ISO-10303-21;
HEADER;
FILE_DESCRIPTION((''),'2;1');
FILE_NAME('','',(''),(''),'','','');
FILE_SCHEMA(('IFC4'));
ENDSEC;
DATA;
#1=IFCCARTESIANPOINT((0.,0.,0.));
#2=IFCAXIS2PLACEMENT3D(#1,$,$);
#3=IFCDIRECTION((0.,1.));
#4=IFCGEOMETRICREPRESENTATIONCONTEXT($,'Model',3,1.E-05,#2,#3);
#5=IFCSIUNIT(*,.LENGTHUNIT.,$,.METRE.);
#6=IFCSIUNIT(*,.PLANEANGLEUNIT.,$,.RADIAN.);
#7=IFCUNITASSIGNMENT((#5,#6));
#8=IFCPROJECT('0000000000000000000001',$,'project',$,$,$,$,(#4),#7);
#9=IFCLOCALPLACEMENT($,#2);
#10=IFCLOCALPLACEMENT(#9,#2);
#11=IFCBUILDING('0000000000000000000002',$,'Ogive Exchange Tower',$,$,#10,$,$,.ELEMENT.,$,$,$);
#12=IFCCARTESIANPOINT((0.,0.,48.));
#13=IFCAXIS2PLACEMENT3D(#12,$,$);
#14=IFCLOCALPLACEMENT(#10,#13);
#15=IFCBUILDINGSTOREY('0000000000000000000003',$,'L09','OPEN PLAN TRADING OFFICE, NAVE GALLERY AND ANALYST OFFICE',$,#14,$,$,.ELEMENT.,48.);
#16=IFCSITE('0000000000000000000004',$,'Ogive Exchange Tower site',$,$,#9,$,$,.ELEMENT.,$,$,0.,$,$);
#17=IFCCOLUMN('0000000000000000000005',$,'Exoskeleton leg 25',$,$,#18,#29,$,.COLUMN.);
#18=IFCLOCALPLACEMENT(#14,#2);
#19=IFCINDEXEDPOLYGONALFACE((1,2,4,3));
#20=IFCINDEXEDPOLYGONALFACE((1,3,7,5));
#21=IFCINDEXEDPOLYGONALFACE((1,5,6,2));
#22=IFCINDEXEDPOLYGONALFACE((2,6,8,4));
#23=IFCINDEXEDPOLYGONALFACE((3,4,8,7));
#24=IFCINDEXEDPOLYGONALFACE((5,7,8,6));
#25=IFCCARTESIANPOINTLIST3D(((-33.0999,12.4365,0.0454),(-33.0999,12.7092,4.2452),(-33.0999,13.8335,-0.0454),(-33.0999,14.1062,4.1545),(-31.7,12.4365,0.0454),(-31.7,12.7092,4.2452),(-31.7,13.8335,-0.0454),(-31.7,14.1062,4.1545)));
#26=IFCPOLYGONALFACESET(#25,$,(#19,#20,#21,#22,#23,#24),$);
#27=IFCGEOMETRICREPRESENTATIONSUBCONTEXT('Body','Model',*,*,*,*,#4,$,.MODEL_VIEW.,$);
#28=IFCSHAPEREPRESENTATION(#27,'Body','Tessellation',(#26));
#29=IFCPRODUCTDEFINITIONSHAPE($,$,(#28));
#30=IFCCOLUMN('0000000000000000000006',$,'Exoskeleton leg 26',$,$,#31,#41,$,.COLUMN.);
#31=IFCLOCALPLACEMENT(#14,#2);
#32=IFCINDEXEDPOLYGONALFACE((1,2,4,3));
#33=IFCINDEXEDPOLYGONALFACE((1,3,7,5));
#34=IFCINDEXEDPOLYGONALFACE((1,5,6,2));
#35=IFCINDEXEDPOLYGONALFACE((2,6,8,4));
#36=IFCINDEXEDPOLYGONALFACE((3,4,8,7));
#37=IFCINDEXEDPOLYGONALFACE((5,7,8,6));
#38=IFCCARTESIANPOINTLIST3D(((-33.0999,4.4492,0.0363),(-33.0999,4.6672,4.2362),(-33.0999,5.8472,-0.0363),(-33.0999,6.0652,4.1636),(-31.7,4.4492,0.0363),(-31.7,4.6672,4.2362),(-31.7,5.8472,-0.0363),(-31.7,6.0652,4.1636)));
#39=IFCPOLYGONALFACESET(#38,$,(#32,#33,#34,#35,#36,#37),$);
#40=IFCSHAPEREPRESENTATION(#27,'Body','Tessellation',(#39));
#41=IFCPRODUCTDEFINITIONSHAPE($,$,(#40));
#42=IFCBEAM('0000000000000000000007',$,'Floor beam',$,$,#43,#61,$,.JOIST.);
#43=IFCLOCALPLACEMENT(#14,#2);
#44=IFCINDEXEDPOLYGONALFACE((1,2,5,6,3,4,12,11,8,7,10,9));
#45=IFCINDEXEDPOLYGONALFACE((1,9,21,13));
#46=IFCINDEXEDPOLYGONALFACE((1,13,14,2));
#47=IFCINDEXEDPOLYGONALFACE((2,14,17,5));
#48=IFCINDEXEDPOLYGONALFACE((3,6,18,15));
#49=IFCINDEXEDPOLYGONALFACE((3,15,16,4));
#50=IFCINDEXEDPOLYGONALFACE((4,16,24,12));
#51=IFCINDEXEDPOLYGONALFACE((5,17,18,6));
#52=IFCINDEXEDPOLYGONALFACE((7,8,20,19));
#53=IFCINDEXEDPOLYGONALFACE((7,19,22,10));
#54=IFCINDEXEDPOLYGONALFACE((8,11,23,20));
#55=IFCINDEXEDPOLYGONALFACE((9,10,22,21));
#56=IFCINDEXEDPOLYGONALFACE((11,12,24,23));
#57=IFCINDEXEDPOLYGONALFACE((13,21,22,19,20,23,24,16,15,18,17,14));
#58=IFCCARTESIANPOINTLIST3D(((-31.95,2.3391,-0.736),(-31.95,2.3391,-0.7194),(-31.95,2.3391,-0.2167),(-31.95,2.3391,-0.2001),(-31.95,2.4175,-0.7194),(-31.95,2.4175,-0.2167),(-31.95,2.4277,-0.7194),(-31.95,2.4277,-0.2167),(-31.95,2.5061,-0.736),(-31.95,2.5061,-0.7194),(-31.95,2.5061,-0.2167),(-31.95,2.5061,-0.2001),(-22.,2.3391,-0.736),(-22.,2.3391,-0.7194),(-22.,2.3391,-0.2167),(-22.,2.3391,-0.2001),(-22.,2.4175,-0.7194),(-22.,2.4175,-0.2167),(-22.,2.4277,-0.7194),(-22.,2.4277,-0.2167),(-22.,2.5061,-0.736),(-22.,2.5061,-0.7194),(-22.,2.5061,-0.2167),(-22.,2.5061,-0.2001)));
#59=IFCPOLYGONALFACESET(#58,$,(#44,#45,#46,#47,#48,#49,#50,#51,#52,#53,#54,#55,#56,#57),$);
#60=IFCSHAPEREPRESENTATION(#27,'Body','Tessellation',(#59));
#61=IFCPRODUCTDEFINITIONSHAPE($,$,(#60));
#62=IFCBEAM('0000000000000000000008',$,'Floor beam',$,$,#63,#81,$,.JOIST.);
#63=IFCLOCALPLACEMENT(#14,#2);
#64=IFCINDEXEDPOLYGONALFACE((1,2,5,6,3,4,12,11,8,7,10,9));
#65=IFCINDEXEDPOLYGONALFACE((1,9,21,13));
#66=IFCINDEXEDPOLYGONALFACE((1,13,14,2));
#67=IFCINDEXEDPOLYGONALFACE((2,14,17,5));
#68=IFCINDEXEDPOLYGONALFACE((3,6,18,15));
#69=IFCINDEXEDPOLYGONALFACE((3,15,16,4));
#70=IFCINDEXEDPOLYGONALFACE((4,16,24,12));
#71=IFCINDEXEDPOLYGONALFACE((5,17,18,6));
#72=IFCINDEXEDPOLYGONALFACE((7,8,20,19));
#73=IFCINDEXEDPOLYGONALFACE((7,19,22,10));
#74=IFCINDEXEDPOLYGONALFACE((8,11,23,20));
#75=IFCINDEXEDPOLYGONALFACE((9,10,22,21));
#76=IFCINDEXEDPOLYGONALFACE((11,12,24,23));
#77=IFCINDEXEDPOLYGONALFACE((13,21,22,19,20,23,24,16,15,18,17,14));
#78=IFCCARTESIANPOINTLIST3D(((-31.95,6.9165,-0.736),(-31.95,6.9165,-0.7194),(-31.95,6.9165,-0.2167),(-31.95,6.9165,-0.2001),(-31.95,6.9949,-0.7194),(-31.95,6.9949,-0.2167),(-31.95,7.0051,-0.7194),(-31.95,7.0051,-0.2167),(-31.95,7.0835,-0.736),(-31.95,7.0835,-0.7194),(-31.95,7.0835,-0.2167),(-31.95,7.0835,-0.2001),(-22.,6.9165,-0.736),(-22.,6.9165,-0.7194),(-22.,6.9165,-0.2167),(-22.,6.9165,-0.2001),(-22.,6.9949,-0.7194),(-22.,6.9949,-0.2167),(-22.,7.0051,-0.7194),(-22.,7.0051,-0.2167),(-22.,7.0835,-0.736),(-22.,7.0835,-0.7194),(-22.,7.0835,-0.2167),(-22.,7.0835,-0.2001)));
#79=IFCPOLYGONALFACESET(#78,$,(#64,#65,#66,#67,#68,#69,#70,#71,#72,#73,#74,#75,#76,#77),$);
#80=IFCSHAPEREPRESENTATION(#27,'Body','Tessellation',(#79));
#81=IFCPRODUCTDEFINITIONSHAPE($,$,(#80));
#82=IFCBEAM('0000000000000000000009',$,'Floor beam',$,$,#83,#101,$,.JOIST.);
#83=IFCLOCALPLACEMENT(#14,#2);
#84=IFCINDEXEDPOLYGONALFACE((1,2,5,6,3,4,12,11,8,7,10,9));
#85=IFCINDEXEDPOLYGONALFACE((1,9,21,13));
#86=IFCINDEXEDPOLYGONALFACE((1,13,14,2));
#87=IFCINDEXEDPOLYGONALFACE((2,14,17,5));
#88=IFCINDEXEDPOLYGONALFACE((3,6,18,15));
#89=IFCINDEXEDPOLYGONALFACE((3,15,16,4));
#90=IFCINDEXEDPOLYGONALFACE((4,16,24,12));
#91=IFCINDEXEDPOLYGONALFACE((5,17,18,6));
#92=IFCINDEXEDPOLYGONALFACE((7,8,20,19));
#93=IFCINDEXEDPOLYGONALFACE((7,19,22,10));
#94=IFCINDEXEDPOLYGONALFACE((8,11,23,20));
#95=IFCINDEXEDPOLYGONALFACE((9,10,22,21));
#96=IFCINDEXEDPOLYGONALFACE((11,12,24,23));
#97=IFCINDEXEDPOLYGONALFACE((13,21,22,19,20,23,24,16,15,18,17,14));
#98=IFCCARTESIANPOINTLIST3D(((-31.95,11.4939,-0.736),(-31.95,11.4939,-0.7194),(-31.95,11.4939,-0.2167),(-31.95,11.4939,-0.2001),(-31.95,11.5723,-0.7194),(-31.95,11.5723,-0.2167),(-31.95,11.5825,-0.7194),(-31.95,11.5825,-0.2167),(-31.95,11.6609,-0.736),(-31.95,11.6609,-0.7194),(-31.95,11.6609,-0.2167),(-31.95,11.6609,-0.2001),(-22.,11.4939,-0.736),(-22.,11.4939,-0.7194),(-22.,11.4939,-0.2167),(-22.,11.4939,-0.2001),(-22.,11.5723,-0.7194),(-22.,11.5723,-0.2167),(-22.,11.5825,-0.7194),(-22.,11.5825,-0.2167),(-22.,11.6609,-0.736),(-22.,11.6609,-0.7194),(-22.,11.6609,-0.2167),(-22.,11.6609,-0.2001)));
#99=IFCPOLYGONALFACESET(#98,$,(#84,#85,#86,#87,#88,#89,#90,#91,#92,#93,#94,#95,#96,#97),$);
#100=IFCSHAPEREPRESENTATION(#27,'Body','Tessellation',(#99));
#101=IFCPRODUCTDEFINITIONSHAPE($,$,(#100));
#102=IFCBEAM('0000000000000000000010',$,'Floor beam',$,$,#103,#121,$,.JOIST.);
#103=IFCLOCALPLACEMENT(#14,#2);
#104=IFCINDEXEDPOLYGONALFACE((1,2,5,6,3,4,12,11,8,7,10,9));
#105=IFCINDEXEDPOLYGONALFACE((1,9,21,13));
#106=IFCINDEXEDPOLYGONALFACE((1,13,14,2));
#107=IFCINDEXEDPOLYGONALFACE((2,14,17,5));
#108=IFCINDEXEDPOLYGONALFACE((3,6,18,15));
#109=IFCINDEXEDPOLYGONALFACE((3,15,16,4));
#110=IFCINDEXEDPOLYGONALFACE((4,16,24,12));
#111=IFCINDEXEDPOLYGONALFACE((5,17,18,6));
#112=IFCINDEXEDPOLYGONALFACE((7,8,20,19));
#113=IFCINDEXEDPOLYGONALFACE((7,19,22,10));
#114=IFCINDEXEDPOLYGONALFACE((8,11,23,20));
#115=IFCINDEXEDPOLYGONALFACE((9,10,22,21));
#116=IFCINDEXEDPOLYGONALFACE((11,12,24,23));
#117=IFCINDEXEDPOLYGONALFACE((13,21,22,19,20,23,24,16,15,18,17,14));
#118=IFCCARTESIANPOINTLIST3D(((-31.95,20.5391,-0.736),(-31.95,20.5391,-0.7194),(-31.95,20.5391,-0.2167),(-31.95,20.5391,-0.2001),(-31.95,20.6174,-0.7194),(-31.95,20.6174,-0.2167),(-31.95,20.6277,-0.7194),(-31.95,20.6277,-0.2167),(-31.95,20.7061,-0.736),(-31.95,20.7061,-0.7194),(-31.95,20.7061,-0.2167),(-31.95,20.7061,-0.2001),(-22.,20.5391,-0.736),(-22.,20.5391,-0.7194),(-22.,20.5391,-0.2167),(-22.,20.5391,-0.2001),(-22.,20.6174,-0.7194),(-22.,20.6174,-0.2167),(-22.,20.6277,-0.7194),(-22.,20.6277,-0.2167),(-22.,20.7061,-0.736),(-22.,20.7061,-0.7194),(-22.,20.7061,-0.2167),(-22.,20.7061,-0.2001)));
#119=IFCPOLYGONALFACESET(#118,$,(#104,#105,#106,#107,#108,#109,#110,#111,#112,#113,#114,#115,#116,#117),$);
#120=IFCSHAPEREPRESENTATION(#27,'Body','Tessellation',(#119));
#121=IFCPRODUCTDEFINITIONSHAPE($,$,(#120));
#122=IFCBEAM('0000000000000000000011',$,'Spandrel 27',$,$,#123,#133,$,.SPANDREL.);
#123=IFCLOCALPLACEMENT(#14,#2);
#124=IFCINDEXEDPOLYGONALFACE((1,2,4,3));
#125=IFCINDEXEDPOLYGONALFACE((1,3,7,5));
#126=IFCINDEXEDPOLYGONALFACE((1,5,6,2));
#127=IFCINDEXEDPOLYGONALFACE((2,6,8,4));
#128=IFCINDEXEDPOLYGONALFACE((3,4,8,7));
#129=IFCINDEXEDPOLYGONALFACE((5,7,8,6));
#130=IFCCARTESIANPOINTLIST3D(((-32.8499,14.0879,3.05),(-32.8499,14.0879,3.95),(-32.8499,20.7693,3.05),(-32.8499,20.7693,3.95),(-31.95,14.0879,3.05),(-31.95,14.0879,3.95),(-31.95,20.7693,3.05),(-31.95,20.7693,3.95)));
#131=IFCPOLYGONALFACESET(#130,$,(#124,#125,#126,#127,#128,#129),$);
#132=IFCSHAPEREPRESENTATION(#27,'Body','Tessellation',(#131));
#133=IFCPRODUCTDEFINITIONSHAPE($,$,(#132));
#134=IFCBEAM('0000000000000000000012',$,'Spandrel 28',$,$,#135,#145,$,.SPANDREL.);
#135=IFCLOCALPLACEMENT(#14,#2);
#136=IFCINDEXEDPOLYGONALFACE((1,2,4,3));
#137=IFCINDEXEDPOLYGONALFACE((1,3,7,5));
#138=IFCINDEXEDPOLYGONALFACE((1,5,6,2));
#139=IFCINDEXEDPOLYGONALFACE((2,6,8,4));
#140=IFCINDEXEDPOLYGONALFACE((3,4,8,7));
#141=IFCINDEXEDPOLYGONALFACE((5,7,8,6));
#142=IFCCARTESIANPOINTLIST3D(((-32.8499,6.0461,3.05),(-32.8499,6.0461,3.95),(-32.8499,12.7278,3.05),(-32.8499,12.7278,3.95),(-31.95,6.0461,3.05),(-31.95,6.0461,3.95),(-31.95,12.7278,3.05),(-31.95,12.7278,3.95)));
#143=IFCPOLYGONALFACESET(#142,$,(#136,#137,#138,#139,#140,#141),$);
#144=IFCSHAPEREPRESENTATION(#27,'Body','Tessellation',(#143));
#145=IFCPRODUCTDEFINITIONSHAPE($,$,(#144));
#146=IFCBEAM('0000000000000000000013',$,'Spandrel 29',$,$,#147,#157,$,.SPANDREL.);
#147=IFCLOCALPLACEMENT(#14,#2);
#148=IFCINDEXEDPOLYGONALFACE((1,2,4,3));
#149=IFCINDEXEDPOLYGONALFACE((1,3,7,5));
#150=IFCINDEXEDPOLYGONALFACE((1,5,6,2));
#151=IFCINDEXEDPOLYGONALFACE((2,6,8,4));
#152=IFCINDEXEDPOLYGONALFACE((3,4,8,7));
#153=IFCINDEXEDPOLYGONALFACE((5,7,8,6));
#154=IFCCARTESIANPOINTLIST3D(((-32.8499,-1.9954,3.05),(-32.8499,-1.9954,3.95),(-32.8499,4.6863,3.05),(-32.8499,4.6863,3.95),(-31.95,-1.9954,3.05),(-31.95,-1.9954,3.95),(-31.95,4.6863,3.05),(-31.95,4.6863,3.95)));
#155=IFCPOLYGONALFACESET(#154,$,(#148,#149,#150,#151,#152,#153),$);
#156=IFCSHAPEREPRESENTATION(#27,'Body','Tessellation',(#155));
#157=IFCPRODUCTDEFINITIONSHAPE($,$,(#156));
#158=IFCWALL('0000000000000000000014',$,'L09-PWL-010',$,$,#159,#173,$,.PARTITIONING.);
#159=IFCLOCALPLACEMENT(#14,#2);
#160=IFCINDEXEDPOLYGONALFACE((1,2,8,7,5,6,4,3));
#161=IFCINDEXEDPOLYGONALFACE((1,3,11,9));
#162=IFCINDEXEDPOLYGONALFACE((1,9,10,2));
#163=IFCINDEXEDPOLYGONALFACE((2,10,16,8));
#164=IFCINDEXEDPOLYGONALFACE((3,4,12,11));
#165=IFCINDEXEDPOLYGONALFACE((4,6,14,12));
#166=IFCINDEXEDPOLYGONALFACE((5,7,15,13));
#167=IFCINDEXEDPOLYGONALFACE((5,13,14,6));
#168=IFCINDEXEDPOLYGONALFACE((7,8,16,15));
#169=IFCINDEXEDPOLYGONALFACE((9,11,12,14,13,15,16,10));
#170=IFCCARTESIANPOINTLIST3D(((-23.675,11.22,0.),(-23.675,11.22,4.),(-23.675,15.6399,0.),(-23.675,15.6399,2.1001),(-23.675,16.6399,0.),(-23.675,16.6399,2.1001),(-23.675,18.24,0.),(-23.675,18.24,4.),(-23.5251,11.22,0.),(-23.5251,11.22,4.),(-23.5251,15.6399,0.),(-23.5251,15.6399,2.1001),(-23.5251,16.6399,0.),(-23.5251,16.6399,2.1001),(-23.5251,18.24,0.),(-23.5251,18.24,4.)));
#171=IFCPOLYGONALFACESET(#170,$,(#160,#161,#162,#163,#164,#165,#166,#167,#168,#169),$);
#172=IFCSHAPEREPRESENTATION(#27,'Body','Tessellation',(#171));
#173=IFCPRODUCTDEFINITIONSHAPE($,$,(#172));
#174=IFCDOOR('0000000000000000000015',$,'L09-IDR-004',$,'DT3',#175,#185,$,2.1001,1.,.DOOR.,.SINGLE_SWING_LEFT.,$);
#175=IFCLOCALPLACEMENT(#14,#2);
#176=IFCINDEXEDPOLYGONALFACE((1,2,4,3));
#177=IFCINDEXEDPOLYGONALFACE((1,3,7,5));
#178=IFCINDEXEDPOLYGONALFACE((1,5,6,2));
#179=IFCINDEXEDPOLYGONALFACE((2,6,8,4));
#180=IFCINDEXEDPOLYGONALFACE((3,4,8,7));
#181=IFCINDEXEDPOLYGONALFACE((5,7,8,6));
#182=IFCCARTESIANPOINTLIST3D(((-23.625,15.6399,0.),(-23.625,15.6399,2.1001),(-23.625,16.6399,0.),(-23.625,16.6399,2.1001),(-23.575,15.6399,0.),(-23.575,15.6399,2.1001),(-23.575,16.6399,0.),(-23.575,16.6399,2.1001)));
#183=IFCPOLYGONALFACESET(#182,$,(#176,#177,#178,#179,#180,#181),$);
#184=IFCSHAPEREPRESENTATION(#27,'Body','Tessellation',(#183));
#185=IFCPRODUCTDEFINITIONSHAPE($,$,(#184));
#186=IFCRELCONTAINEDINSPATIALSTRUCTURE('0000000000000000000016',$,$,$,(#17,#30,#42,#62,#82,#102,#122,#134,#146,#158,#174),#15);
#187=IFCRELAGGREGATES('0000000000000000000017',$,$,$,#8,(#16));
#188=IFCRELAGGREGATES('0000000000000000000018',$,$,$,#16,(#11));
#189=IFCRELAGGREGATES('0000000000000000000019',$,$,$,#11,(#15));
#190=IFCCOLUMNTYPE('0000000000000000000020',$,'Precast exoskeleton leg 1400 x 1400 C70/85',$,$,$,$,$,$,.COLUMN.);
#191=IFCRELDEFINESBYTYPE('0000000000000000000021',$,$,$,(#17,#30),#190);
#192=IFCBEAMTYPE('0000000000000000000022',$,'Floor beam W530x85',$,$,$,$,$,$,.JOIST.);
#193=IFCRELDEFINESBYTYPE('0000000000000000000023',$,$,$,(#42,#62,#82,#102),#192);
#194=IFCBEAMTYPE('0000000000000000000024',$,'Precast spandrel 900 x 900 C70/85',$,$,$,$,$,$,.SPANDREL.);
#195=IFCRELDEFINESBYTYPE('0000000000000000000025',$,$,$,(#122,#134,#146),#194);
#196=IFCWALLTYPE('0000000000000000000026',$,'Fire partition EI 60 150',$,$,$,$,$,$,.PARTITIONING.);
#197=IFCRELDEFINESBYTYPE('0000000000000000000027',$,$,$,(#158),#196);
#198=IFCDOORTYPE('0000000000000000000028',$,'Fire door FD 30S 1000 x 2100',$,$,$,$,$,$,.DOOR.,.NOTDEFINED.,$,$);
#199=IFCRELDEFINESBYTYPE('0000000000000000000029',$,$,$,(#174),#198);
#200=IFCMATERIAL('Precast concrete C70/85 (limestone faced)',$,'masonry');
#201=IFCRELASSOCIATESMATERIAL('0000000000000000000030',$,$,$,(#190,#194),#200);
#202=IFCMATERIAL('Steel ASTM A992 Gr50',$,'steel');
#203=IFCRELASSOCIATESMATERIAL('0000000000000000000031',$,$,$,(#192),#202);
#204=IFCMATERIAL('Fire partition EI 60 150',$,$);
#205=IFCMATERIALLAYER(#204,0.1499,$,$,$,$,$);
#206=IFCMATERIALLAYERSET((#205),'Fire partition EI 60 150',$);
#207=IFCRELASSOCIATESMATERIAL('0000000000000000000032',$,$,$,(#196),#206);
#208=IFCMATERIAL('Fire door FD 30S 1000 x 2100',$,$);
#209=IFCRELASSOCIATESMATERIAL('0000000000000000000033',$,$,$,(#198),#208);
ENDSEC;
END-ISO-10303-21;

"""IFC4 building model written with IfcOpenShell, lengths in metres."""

from ifc_helpers import new_model, si_unit, direction, frame, frame_2d, origin, origin_2d, place, context, subcontext, project, spatial, rectangle, i_section, extrude, material, layer, layer_set, material_profile, profile_set, type_object, element, fill, save


model = new_model("IFC4")

# Units and contexts
model_context = context("Model", 3, precision=1e-05, world=origin(), true_north=direction((0.0, 1.0)))
body_context = subcontext(model_context, "Body", "Model", "MODEL_VIEW")
ifc_project = project(units=[si_unit("LENGTHUNIT", "METRE"), si_unit("PLANEANGLEUNIT", "RADIAN")], contexts=[model_context])

# Site, building, storey
site_placement = place(None, origin())
site = spatial("IfcSite", under=ifc_project, at=site_placement, Name="Ogive Exchange Tower site", CompositionType="ELEMENT", RefElevation=0.0)
building_placement = place(site_placement, origin())
building = spatial("IfcBuilding", under=site, at=building_placement, Name="Ogive Exchange Tower", CompositionType="ELEMENT")
storey_placement = place(building_placement, frame((0.0, 0.0, 48.0)))
storey = spatial("IfcBuildingStorey", under=building, at=storey_placement, Name="L09", Description="OPEN PLAN TRADING OFFICE, NAVE GALLERY AND ANALYST OFFICE", CompositionType="ELEMENT", Elevation=48.0)

# Columns
ifc_material_1 = material(Name="Precast concrete C70/85 (limestone faced)", Category="masonry")
ifc_material_profile_1 = material_profile(ifc_material_1, rectangle(XDim=1.3999, YDim=1.3999, at=origin_2d()), Name="1400 x 1400")
ifc_profile_set_1 = profile_set([ifc_material_profile_1], Name="Precast concrete C70/85 (limestone faced)")
column_type = type_object("IfcColumnType", Name="Precast exoskeleton leg 1400 x 1400 C70/85", PredefinedType="COLUMN", material=ifc_profile_set_1)
column_1_placement = place(storey_placement, frame((-32.3999, 13.135, 0.0), z_axis=(0.0, 0.064794, 0.997899), x_axis=(-1.0, 0.0, 0.0)))
element("IfcColumn", 1, at=column_1_placement, inside=storey, type_object=column_type, Name="Exoskeleton leg 25", PredefinedType="COLUMN", context=body_context, shape_type="SweptSolid", body=[
    extrude(rectangle(XDim=1.3999, YDim=1.3999, at=origin_2d()), origin(), (0.0, 0.0, 1.0), 4.2087),
])
column_2_placement = place(storey_placement, frame((-32.3999, 5.1482, 0.0), z_axis=(0.0, 0.05184, 0.998655), x_axis=(-1.0, 0.0, 0.0)))
element("IfcColumn", 2, at=column_2_placement, inside=storey, type_object=column_type, Name="Exoskeleton leg 26", PredefinedType="COLUMN", context=body_context, shape_type="SweptSolid", body=[
    extrude(rectangle(XDim=1.3999, YDim=1.3999, at=origin_2d()), origin(), (0.0, 0.0, 1.0), 4.2056),
])

# Beams
ifc_material_2 = material(Name="Steel ASTM A992 Gr50", Category="steel")
ifc_material_profile_2 = material_profile(ifc_material_2, i_section(OverallWidth=0.167, OverallDepth=0.5359, WebThickness=0.0103, FlangeThickness=0.0166, at=origin_2d()), Name="W530x85")
ifc_profile_set_2 = profile_set([ifc_material_profile_2], Name="Steel ASTM A992 Gr50")
beam_type_1 = type_object("IfcBeamType", Name="Floor beam W530x85", PredefinedType="JOIST", material=ifc_profile_set_2)
for number, where, z_axis, x_axis, name in (
    (3, (-31.95, 2.4226, -0.468), (1.0, 0.0, 0.0), (0.0, 1.0, 0.0), "Floor beam"),
    (4, (-31.95, 7.0, -0.468), (1.0, 0.0, 0.0), (0.0, 1.0, 0.0), "Floor beam"),
    (5, (-31.95, 11.5774, -0.468), (1.0, 0.0, 0.0), (0.0, 1.0, 0.0), "Floor beam"),
    (6, (-31.95, 20.6226, -0.468), (1.0, 0.0, 0.0), (0.0, 1.0, 0.0), "Floor beam"),
):
    element("IfcBeam", number, at=place(storey_placement, frame(where, z_axis=z_axis, x_axis=x_axis)), inside=storey, type_object=beam_type_1, Name=name, PredefinedType="JOIST", context=body_context, shape_type="SweptSolid", body=[
        extrude(i_section(OverallWidth=0.167, OverallDepth=0.5359, WebThickness=0.0103, FlangeThickness=0.0166, at=origin_2d()), origin(), (0.0, 0.0, 1.0), 9.95),
    ])
ifc_material_profile_3 = material_profile(ifc_material_1, rectangle(XDim=0.8999, YDim=0.8999, at=origin_2d()), Name="900 x 900")
ifc_profile_set_3 = profile_set([ifc_material_profile_3], Name="Precast concrete C70/85 (limestone faced)")
beam_type_2 = type_object("IfcBeamType", Name="Precast spandrel 900 x 900 C70/85", PredefinedType="SPANDREL", material=ifc_profile_set_3)
beam_placement = place(storey_placement, frame((-32.3999, 20.7693, 3.5), z_axis=(0.0, -1.0, 0.0), x_axis=(1.0, 0.0, 0.0)))
element("IfcBeam", 7, at=beam_placement, inside=storey, type_object=beam_type_2, Name="Spandrel 27", PredefinedType="SPANDREL", context=body_context, shape_type="SweptSolid", body=[
    extrude(rectangle(XDim=0.8999, YDim=0.8999, at=origin_2d()), origin(), (0.0, 0.0, 1.0), 6.6814),
])
for number, where, z_axis, x_axis, name in (
    (8, (-32.3999, 12.7278, 3.5), (0.0, -1.0, 0.0), (1.0, 0.0, 0.0), "Spandrel 28"),
    (9, (-32.3999, 4.6863, 3.5), (0.0, -1.0, 0.0), (1.0, 0.0, 0.0), "Spandrel 29"),
):
    element("IfcBeam", number, at=place(storey_placement, frame(where, z_axis=z_axis, x_axis=x_axis)), inside=storey, type_object=beam_type_2, Name=name, PredefinedType="SPANDREL", context=body_context, shape_type="SweptSolid", body=[
        extrude(rectangle(XDim=0.8999, YDim=0.8999, at=origin_2d()), origin(), (0.0, 0.0, 1.0), 6.6816),
    ])

# Wall, opening, door
ifc_material_3 = material(Name="Fire partition EI 60 150")
ifc_layer_1 = layer(ifc_material_3, 0.1499)
ifc_layer_set_1 = layer_set([ifc_layer_1], Name="Fire partition EI 60 150")
wall_type_1 = type_object("IfcWallType", Name="Fire partition EI 60 150", PredefinedType="PARTITIONING", material=ifc_layer_set_1)
wall_1_placement = place(storey_placement, frame((-23.6001, 11.22, 0.0), z_axis=(0.0, 0.0, 1.0), x_axis=(0.0, 1.0, 0.0)))
wall_1 = element("IfcWall", 10, at=wall_1_placement, inside=storey, type_object=wall_type_1, Name="L09-PWL-010", PredefinedType="PARTITIONING", context=body_context, shape_type="SweptSolid", body=[
    extrude(rectangle(XDim=7.02, YDim=0.1499, at=frame_2d((3.51, 0.0))), origin(), (0.0, 0.0, 1.0), 4.0),
])
opening_1_placement = place(wall_1_placement, frame((4.4199, 0.0, 0.0)))
opening_1 = element("IfcOpeningElement", 11, at=opening_1_placement, cuts=wall_1, PredefinedType="OPENING", context=body_context, shape_type="SweptSolid", body=[
    extrude(rectangle(XDim=1.0, YDim=2.1001, at=frame_2d((0.5, 1.05))), frame((0.0, 0.085, 0.0), z_axis=(0.0, -1.0, 0.0), x_axis=(1.0, 0.0, 0.0)), (0.0, 0.0, 1.0), 0.1699),
])
ifc_material_4 = material(Name="Fire door FD 30S 1000 x 2100")
door_type = type_object("IfcDoorType", Name="Fire door FD 30S 1000 x 2100", OperationType="NOTDEFINED", PredefinedType="DOOR", material=ifc_material_4)
door_1_placement = place(opening_1_placement, origin())
door_1 = element("IfcDoor", 12, at=door_1_placement, inside=storey, type_object=door_type, Name="L09-IDR-004", ObjectType="DT3", OperationType="SINGLE_SWING_LEFT", OverallHeight=2.1001, OverallWidth=1.0, PredefinedType="DOOR", context=body_context, shape_type="SweptSolid", body=[
    extrude(rectangle(XDim=1.0, YDim=2.1001, at=frame_2d((0.5, 1.05))), frame((0.0, 0.0249, 0.0), z_axis=(0.0, -1.0, 0.0), x_axis=(1.0, 0.0, 0.0)), (0.0, 0.0, 1.0), 0.05),
])
fill(opening_1, door_1)

save(model, "model.ifc")
